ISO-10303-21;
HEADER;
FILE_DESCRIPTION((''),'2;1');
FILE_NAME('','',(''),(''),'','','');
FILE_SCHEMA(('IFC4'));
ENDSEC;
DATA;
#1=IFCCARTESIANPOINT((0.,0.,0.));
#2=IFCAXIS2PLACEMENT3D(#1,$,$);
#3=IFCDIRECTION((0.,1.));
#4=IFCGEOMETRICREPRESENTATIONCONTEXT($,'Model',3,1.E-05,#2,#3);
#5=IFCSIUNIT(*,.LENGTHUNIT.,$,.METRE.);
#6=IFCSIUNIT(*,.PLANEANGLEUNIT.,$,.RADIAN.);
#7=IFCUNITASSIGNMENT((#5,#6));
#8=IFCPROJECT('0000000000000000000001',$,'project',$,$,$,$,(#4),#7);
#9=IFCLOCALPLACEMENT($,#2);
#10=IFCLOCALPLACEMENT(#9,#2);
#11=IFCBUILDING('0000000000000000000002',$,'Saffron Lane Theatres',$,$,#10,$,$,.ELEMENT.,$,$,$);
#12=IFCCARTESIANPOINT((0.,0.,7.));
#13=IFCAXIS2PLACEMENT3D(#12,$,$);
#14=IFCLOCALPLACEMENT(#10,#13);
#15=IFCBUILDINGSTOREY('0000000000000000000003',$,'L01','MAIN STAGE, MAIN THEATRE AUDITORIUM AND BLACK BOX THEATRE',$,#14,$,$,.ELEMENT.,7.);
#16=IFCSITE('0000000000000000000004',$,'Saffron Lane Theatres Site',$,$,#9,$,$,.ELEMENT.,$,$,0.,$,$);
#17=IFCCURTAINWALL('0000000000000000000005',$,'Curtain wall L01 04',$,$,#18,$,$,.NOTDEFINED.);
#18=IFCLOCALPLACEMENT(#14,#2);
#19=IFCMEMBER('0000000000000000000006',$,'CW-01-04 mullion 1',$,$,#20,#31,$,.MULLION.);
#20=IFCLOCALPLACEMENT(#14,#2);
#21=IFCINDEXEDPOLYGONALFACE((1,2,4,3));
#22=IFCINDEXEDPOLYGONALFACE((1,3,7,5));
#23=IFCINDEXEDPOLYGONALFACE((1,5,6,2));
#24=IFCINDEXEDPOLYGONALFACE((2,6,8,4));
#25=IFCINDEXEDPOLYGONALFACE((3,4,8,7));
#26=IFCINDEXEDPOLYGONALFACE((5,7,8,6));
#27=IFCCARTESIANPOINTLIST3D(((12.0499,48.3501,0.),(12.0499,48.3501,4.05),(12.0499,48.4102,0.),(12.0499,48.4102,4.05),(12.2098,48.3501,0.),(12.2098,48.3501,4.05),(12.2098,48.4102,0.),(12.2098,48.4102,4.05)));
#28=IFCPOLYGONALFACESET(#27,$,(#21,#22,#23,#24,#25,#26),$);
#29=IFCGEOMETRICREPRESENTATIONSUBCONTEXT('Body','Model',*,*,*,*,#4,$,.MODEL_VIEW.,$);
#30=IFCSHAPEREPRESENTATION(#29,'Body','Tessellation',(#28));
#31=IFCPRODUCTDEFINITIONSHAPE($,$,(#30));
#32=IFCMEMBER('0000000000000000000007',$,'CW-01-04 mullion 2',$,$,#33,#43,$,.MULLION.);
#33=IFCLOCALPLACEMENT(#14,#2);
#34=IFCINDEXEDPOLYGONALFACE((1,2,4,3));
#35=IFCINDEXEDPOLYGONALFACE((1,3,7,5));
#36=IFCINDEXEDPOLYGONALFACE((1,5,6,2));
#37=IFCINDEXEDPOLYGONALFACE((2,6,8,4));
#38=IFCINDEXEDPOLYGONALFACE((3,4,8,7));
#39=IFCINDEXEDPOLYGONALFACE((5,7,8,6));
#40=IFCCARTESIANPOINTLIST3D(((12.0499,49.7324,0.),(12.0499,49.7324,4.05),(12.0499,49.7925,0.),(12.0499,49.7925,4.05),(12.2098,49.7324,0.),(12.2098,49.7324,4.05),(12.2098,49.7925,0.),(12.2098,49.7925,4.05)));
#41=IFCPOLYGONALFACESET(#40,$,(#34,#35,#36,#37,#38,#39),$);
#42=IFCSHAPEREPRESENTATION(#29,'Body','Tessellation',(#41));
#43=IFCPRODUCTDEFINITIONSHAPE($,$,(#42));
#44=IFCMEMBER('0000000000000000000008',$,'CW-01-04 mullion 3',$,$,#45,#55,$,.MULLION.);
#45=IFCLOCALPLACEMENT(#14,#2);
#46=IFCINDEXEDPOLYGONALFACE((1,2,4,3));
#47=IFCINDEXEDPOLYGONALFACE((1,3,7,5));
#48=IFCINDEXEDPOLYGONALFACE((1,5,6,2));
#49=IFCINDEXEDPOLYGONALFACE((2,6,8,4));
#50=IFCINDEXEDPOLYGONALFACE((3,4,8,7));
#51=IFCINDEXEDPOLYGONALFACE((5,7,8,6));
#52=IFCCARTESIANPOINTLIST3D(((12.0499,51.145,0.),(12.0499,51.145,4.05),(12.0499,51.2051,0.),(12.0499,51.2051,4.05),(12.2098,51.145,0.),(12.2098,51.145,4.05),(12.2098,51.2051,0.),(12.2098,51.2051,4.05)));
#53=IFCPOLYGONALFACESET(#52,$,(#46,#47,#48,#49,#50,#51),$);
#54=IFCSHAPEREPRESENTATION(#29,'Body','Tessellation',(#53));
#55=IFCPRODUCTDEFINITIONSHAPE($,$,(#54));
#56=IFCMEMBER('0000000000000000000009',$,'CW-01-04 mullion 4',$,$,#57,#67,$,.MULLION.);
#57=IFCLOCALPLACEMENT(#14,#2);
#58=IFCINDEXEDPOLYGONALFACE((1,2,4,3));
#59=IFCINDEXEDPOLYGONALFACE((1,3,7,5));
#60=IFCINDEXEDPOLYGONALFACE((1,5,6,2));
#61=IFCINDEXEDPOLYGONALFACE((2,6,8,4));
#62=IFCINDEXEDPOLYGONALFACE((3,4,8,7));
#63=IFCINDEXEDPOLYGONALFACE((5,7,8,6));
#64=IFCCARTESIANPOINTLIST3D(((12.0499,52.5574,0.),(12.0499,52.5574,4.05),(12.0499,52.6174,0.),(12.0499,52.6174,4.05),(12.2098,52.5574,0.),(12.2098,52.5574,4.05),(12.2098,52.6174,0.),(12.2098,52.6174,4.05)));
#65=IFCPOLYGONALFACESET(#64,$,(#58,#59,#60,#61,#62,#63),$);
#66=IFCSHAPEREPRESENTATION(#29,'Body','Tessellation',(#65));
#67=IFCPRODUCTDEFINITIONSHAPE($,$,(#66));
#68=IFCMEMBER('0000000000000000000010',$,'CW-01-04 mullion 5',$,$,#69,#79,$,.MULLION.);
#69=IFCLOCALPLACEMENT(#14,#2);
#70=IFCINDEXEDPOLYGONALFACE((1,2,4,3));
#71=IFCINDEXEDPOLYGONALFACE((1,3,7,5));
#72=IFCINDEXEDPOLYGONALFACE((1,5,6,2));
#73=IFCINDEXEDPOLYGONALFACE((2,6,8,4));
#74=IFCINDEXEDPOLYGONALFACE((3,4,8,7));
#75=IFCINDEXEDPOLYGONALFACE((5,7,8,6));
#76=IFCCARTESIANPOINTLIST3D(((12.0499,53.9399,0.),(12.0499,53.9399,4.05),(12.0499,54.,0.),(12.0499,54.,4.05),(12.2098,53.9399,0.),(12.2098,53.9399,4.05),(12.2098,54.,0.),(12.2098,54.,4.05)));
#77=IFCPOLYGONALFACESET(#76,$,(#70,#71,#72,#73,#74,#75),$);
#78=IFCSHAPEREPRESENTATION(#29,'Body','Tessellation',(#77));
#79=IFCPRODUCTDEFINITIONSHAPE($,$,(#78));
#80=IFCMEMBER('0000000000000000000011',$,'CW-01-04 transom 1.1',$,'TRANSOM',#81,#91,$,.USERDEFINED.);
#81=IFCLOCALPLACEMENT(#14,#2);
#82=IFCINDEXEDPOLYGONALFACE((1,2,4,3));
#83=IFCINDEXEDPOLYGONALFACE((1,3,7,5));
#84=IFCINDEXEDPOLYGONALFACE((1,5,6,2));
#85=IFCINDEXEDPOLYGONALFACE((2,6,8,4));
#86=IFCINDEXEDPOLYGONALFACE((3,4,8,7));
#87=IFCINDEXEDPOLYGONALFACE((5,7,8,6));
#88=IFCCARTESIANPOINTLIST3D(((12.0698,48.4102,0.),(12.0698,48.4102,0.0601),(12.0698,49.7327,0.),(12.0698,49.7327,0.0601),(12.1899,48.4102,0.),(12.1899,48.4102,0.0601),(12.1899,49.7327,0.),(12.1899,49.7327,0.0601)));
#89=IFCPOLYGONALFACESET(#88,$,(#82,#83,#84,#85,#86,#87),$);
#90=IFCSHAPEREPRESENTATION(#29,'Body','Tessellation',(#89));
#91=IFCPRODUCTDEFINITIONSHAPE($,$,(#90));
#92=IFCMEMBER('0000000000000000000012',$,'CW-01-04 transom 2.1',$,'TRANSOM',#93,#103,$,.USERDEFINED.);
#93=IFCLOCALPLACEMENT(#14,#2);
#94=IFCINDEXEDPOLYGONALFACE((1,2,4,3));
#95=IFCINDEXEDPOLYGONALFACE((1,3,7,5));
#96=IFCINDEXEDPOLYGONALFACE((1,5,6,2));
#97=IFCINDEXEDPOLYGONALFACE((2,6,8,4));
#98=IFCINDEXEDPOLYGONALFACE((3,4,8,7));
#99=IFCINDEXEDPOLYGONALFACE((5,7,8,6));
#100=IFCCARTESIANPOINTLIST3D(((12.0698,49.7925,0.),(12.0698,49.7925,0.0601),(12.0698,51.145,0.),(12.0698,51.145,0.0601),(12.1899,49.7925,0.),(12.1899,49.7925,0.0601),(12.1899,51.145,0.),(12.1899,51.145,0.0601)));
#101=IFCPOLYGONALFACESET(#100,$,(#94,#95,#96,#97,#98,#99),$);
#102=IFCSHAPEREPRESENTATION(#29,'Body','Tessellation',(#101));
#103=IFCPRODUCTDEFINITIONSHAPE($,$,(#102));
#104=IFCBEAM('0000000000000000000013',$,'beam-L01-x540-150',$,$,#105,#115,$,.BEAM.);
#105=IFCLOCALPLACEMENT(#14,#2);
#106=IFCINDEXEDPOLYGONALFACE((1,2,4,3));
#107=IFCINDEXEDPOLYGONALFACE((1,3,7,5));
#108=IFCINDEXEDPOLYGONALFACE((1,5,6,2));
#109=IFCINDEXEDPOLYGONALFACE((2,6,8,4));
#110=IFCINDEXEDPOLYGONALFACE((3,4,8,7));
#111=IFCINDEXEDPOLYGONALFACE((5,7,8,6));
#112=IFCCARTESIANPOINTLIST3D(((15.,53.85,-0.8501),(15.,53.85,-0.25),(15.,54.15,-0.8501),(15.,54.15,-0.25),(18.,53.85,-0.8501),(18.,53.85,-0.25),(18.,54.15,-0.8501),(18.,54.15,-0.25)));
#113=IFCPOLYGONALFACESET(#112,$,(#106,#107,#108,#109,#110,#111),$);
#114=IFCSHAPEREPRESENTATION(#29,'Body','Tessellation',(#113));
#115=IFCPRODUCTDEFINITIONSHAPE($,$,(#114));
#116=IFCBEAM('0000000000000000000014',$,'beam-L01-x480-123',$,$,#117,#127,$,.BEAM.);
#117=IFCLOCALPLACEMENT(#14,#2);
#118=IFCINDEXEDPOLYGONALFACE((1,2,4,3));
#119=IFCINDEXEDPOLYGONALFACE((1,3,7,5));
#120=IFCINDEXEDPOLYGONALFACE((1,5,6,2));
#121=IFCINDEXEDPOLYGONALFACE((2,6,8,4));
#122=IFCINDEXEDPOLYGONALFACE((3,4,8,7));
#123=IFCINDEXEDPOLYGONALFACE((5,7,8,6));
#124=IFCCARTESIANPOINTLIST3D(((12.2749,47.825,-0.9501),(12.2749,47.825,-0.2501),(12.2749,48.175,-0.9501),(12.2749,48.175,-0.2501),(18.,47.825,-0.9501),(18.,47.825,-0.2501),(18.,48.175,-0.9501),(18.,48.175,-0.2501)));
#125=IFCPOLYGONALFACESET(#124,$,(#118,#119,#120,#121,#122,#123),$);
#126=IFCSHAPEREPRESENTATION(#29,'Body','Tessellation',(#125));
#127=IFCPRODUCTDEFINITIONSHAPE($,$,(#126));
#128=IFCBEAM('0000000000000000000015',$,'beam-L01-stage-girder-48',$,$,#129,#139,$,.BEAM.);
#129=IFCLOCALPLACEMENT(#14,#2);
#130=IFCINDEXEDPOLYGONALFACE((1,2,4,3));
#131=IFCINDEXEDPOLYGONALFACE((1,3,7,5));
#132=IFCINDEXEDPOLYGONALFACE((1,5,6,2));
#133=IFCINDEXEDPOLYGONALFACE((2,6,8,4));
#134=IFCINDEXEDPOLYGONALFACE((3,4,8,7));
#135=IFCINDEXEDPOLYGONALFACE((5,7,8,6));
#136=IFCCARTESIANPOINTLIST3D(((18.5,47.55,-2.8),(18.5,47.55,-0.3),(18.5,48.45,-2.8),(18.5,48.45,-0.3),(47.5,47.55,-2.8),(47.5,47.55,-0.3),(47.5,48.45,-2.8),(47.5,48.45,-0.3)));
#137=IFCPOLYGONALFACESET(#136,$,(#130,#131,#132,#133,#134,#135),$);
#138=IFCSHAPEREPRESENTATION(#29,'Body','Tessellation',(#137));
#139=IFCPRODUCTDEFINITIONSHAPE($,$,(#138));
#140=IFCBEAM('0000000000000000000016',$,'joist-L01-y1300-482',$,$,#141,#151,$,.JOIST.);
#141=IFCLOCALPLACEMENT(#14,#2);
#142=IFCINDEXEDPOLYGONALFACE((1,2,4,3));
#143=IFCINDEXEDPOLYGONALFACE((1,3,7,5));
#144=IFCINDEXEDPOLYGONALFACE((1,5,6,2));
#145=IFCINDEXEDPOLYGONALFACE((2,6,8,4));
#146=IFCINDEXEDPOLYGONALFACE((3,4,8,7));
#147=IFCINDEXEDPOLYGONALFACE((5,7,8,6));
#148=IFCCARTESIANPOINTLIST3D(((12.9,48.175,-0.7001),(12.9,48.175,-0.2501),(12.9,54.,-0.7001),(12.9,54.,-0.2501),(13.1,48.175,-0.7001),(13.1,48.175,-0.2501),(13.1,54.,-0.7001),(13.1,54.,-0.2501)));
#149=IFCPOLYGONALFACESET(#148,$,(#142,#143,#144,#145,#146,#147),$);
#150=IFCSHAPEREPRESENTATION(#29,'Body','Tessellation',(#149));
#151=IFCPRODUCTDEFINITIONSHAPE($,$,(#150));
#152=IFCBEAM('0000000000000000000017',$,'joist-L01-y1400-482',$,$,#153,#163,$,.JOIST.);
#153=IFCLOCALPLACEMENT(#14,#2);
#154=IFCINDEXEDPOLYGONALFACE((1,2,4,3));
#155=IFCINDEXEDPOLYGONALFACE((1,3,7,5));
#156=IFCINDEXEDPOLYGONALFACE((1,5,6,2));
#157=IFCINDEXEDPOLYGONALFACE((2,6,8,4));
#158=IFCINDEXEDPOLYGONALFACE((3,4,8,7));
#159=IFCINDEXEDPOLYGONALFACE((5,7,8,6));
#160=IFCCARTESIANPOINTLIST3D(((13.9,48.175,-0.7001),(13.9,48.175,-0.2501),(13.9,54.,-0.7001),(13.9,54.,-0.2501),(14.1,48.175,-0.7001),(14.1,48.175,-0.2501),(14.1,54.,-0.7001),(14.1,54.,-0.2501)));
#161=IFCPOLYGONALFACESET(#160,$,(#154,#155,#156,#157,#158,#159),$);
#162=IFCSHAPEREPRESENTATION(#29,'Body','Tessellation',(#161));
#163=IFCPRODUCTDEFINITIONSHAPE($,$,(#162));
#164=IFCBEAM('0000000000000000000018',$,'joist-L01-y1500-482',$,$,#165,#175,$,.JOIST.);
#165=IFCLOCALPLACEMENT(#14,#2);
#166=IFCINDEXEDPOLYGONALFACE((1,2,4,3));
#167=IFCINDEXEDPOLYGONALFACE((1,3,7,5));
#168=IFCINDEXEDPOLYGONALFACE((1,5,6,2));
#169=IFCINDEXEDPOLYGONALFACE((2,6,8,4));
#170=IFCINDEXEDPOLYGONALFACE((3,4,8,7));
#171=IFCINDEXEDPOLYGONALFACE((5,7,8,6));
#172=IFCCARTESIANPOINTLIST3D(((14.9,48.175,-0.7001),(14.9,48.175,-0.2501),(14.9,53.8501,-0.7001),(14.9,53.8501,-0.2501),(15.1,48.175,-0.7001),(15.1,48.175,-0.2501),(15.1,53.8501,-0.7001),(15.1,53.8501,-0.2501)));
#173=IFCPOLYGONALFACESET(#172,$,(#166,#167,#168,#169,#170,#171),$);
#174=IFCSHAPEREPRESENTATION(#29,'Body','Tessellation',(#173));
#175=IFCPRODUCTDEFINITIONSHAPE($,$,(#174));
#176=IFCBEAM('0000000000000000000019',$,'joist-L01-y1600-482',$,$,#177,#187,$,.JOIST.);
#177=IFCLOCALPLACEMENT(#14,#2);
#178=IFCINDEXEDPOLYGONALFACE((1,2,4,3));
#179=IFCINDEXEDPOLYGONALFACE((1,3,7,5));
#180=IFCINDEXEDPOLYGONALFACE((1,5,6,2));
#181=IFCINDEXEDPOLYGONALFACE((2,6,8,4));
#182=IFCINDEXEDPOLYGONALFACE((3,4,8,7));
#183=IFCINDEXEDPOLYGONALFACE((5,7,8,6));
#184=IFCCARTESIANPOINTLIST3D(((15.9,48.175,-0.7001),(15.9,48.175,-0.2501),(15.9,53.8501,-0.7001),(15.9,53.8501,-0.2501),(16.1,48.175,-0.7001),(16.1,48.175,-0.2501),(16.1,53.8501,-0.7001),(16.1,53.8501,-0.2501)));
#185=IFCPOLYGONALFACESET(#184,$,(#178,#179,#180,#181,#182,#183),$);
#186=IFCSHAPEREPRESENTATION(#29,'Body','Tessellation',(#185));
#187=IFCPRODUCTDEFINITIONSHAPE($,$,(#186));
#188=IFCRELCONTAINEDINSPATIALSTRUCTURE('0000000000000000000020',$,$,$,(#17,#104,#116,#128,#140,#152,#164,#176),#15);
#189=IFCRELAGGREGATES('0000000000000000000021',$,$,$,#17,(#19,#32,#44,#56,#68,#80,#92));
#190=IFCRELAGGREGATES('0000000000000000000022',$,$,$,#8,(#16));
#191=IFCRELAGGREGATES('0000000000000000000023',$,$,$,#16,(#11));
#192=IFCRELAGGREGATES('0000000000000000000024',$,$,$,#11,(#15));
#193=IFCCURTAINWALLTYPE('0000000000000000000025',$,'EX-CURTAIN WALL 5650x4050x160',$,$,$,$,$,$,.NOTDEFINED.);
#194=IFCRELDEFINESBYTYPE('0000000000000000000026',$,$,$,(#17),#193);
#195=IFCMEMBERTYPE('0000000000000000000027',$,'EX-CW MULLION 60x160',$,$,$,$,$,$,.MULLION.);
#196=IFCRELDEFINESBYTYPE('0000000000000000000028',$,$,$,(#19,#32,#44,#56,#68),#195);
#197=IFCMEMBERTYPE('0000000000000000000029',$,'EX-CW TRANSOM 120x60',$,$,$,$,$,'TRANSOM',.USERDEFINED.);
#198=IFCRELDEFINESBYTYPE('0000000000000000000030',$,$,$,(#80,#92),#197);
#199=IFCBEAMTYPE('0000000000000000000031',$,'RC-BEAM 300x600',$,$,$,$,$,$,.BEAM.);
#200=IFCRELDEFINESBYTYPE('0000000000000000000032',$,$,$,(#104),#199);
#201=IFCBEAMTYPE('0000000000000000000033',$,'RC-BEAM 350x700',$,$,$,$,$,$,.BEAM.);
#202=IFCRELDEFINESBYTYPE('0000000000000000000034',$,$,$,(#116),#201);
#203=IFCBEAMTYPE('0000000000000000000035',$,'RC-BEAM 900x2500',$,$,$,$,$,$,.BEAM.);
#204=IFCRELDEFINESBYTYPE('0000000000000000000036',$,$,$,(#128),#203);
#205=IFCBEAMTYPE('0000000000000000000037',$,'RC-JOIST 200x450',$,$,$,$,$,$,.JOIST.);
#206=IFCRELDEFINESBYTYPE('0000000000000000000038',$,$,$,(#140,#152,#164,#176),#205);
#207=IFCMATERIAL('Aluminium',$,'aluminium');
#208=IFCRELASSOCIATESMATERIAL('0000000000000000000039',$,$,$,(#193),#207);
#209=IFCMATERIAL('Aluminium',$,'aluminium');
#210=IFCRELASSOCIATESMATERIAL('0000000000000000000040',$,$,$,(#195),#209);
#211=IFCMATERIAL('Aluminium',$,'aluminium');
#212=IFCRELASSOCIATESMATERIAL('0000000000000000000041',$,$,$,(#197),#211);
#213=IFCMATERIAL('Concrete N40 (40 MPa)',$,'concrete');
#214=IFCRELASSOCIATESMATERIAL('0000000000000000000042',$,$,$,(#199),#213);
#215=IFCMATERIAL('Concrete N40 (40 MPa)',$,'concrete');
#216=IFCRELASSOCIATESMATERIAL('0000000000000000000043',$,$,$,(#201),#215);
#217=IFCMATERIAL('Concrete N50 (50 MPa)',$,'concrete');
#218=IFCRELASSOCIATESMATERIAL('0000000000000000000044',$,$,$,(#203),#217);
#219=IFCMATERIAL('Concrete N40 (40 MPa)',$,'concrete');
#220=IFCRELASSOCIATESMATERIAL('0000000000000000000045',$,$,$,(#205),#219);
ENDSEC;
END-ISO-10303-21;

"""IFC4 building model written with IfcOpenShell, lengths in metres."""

from ifc_helpers import new_model, si_unit, direction, frame, origin, origin_2d, place, context, subcontext, project, spatial, rectangle, extrude, material, material_profile, profile_set, type_object, element, aggregate, save


model = new_model("IFC4")

# Units and contexts
model_context = context("Model", 3, precision=1e-05, world=origin(), true_north=direction((0.0, 1.0)))
body_context = subcontext(model_context, "Body", "Model", "MODEL_VIEW")
ifc_project = project(units=[si_unit("LENGTHUNIT", "METRE"), si_unit("PLANEANGLEUNIT", "RADIAN")], contexts=[model_context])

# Site, building, storey
site_placement = place(None, origin())
site = spatial("IfcSite", under=ifc_project, at=site_placement, Name="Saffron Lane Theatres Site", CompositionType="ELEMENT", RefElevation=0.0)
building_placement = place(site_placement, origin())
building = spatial("IfcBuilding", under=site, at=building_placement, Name="Saffron Lane Theatres", CompositionType="ELEMENT")
storey_placement = place(building_placement, frame((0.0, 0.0, 7.0)))
storey = spatial("IfcBuildingStorey", under=building, at=storey_placement, Name="L01", Description="MAIN STAGE, MAIN THEATRE AUDITORIUM AND BLACK BOX THEATRE", CompositionType="ELEMENT", Elevation=7.0)

# Curtain wall, members
ifc_material_1 = material(Name="Aluminium", Category="aluminium")
curtain_wall_type = type_object("IfcCurtainWallType", Name="EX-CURTAIN WALL 5650x4050x160", PredefinedType="NOTDEFINED", material=ifc_material_1)
curtain_wall_placement = place(storey_placement, origin())
curtain_wall = element("IfcCurtainWall", 1, at=curtain_wall_placement, inside=storey, type_object=curtain_wall_type, Name="Curtain wall L01 04", PredefinedType="NOTDEFINED")
ifc_material_2 = material(Name="Aluminium", Category="aluminium")
ifc_material_profile_1 = material_profile(ifc_material_2, rectangle(XDim=0.0601, YDim=0.1599, at=origin_2d()))
ifc_profile_set_1 = profile_set([ifc_material_profile_1], Name="Aluminium")
member_type_1 = type_object("IfcMemberType", Name="EX-CW MULLION 60x160", PredefinedType="MULLION", material=ifc_profile_set_1)
member_1_placement = place(storey_placement, frame((12.1299, 48.3801, 0.0), z_axis=(0.0, 0.0, 1.0), x_axis=(0.0, 1.0, 0.0)))
member_1 = element("IfcMember", 2, at=member_1_placement, type_object=member_type_1, Name="CW-01-04 mullion 1", PredefinedType="MULLION", context=body_context, shape_type="SweptSolid", body=[
    extrude(rectangle(XDim=0.0601, YDim=0.1599, at=origin_2d()), origin(), (0.0, 0.0, 1.0), 4.05),
])
member_2_placement = place(storey_placement, frame((12.1299, 49.7625, 0.0), z_axis=(0.0, 0.0, 1.0), x_axis=(0.0, 1.0, 0.0)))
member_2 = element("IfcMember", 3, at=member_2_placement, type_object=member_type_1, Name="CW-01-04 mullion 2", PredefinedType="MULLION", context=body_context, shape_type="SweptSolid", body=[
    extrude(rectangle(XDim=0.0601, YDim=0.1599, at=origin_2d()), origin(), (0.0, 0.0, 1.0), 4.05),
])
member_3_placement = place(storey_placement, frame((12.1299, 51.175, 0.0), z_axis=(0.0, 0.0, 1.0), x_axis=(0.0, 1.0, 0.0)))
member_3 = element("IfcMember", 4, at=member_3_placement, type_object=member_type_1, Name="CW-01-04 mullion 3", PredefinedType="MULLION", context=body_context, shape_type="SweptSolid", body=[
    extrude(rectangle(XDim=0.0601, YDim=0.1599, at=origin_2d()), origin(), (0.0, 0.0, 1.0), 4.05),
])
member_4_placement = place(storey_placement, frame((12.1299, 52.5874, 0.0), z_axis=(0.0, 0.0, 1.0), x_axis=(0.0, 1.0, 0.0)))
member_4 = element("IfcMember", 5, at=member_4_placement, type_object=member_type_1, Name="CW-01-04 mullion 4", PredefinedType="MULLION", context=body_context, shape_type="SweptSolid", body=[
    extrude(rectangle(XDim=0.0601, YDim=0.1599, at=origin_2d()), origin(), (0.0, 0.0, 1.0), 4.05),
])
member_5_placement = place(storey_placement, frame((12.1299, 53.97, 0.0), z_axis=(0.0, 0.0, 1.0), x_axis=(0.0, 1.0, 0.0)))
member_5 = element("IfcMember", 6, at=member_5_placement, type_object=member_type_1, Name="CW-01-04 mullion 5", PredefinedType="MULLION", context=body_context, shape_type="SweptSolid", body=[
    extrude(rectangle(XDim=0.0601, YDim=0.1599, at=origin_2d()), origin(), (0.0, 0.0, 1.0), 4.05),
])
ifc_material_3 = material(Name="Aluminium", Category="aluminium")
ifc_material_profile_2 = material_profile(ifc_material_3, rectangle(XDim=0.1201, YDim=0.0601, at=origin_2d()))
ifc_profile_set_2 = profile_set([ifc_material_profile_2], Name="Aluminium")
member_type_2 = type_object("IfcMemberType", Name="EX-CW TRANSOM 120x60", ElementType="TRANSOM", PredefinedType="USERDEFINED", material=ifc_profile_set_2)
member_6_placement = place(storey_placement, frame((12.1299, 48.4102, 0.03), z_axis=(0.0, 1.0, 0.0), x_axis=(-1.0, 0.0, 0.0)))
member_6 = element("IfcMember", 7, at=member_6_placement, type_object=member_type_2, Name="CW-01-04 transom 1.1", ObjectType="TRANSOM", PredefinedType="USERDEFINED", context=body_context, shape_type="SweptSolid", body=[
    extrude(rectangle(XDim=0.1201, YDim=0.0601, at=origin_2d()), origin(), (0.0, 0.0, 1.0), 1.3225),
])
member_7_placement = place(storey_placement, frame((12.1299, 49.7925, 0.03), z_axis=(0.0, 1.0, 0.0), x_axis=(-1.0, 0.0, 0.0)))
member_7 = element("IfcMember", 8, at=member_7_placement, type_object=member_type_2, Name="CW-01-04 transom 2.1", ObjectType="TRANSOM", PredefinedType="USERDEFINED", context=body_context, shape_type="SweptSolid", body=[
    extrude(rectangle(XDim=0.1201, YDim=0.0601, at=origin_2d()), origin(), (0.0, 0.0, 1.0), 1.3525),
])
aggregate(curtain_wall, [member_1, member_2, member_3, member_4, member_5, member_6, member_7])

# Beams
ifc_material_4 = material(Name="Concrete N40 (40 MPa)", Category="concrete")
ifc_material_profile_3 = material_profile(ifc_material_4, rectangle(XDim=0.3, YDim=0.6001, at=origin_2d()))
ifc_profile_set_3 = profile_set([ifc_material_profile_3], Name="Concrete N40 (40 MPa)")
beam_type_1 = type_object("IfcBeamType", Name="RC-BEAM 300x600", PredefinedType="BEAM", material=ifc_profile_set_3)
beam_1_placement = place(storey_placement, frame((15.0, 54.0, -0.55), z_axis=(1.0, 0.0, 0.0), x_axis=(0.0, 1.0, 0.0)))
element("IfcBeam", 9, at=beam_1_placement, inside=storey, type_object=beam_type_1, Name="beam-L01-x540-150", PredefinedType="BEAM", context=body_context, shape_type="SweptSolid", body=[
    extrude(rectangle(XDim=0.3, YDim=0.6001, at=origin_2d()), origin(), (0.0, 0.0, 1.0), 3.0),
])
ifc_material_5 = material(Name="Concrete N40 (40 MPa)", Category="concrete")
ifc_material_profile_4 = material_profile(ifc_material_5, rectangle(XDim=0.3501, YDim=0.7, at=origin_2d()))
ifc_profile_set_4 = profile_set([ifc_material_profile_4], Name="Concrete N40 (40 MPa)")
beam_type_2 = type_object("IfcBeamType", Name="RC-BEAM 350x700", PredefinedType="BEAM", material=ifc_profile_set_4)
beam_2_placement = place(storey_placement, frame((12.2749, 48.0, -0.6001), z_axis=(1.0, 0.0, 0.0), x_axis=(0.0, 1.0, 0.0)))
element("IfcBeam", 10, at=beam_2_placement, inside=storey, type_object=beam_type_2, Name="beam-L01-x480-123", PredefinedType="BEAM", context=body_context, shape_type="SweptSolid", body=[
    extrude(rectangle(XDim=0.3501, YDim=0.7, at=origin_2d()), origin(), (0.0, 0.0, 1.0), 5.7251),
])
ifc_material_6 = material(Name="Concrete N50 (50 MPa)", Category="concrete")
ifc_material_profile_5 = material_profile(ifc_material_6, rectangle(XDim=0.8999, YDim=2.5, at=origin_2d()))
ifc_profile_set_5 = profile_set([ifc_material_profile_5], Name="Concrete N50 (50 MPa)")
beam_type_3 = type_object("IfcBeamType", Name="RC-BEAM 900x2500", PredefinedType="BEAM", material=ifc_profile_set_5)
beam_3_placement = place(storey_placement, frame((18.5, 48.0, -1.55), z_axis=(1.0, 0.0, 0.0), x_axis=(0.0, 1.0, 0.0)))
element("IfcBeam", 11, at=beam_3_placement, inside=storey, type_object=beam_type_3, Name="beam-L01-stage-girder-48", PredefinedType="BEAM", context=body_context, shape_type="SweptSolid", body=[
    extrude(rectangle(XDim=0.8999, YDim=2.5, at=origin_2d()), origin(), (0.0, 0.0, 1.0), 29.0),
])
ifc_material_7 = material(Name="Concrete N40 (40 MPa)", Category="concrete")
ifc_material_profile_6 = material_profile(ifc_material_7, rectangle(XDim=0.2, YDim=0.45, at=origin_2d()))
ifc_profile_set_6 = profile_set([ifc_material_profile_6], Name="Concrete N40 (40 MPa)")
beam_type_4 = type_object("IfcBeamType", Name="RC-JOIST 200x450", PredefinedType="JOIST", material=ifc_profile_set_6)
for number, where, z_axis, x_axis, name in (
    (12, (13.0, 48.175, -0.4751), (0.0, 1.0, 0.0), (-1.0, 0.0, 0.0), "joist-L01-y1300-482"),
    (13, (14.0, 48.175, -0.4751), (0.0, 1.0, 0.0), (-1.0, 0.0, 0.0), "joist-L01-y1400-482"),
):
    element("IfcBeam", number, at=place(storey_placement, frame(where, z_axis=z_axis, x_axis=x_axis)), inside=storey, type_object=beam_type_4, Name=name, PredefinedType="JOIST", context=body_context, shape_type="SweptSolid", body=[
        extrude(rectangle(XDim=0.2, YDim=0.45, at=origin_2d()), origin(), (0.0, 0.0, 1.0), 5.825),
    ])
for number, where, z_axis, x_axis, name in (
    (14, (15.0, 48.175, -0.4751), (0.0, 1.0, 0.0), (-1.0, 0.0, 0.0), "joist-L01-y1500-482"),
    (15, (16.0, 48.175, -0.4751), (0.0, 1.0, 0.0), (-1.0, 0.0, 0.0), "joist-L01-y1600-482"),
):
    element("IfcBeam", number, at=place(storey_placement, frame(where, z_axis=z_axis, x_axis=x_axis)), inside=storey, type_object=beam_type_4, Name=name, PredefinedType="JOIST", context=body_context, shape_type="SweptSolid", body=[
        extrude(rectangle(XDim=0.2, YDim=0.45, at=origin_2d()), origin(), (0.0, 0.0, 1.0), 5.675),
    ])

save(model, "model.ifc")
